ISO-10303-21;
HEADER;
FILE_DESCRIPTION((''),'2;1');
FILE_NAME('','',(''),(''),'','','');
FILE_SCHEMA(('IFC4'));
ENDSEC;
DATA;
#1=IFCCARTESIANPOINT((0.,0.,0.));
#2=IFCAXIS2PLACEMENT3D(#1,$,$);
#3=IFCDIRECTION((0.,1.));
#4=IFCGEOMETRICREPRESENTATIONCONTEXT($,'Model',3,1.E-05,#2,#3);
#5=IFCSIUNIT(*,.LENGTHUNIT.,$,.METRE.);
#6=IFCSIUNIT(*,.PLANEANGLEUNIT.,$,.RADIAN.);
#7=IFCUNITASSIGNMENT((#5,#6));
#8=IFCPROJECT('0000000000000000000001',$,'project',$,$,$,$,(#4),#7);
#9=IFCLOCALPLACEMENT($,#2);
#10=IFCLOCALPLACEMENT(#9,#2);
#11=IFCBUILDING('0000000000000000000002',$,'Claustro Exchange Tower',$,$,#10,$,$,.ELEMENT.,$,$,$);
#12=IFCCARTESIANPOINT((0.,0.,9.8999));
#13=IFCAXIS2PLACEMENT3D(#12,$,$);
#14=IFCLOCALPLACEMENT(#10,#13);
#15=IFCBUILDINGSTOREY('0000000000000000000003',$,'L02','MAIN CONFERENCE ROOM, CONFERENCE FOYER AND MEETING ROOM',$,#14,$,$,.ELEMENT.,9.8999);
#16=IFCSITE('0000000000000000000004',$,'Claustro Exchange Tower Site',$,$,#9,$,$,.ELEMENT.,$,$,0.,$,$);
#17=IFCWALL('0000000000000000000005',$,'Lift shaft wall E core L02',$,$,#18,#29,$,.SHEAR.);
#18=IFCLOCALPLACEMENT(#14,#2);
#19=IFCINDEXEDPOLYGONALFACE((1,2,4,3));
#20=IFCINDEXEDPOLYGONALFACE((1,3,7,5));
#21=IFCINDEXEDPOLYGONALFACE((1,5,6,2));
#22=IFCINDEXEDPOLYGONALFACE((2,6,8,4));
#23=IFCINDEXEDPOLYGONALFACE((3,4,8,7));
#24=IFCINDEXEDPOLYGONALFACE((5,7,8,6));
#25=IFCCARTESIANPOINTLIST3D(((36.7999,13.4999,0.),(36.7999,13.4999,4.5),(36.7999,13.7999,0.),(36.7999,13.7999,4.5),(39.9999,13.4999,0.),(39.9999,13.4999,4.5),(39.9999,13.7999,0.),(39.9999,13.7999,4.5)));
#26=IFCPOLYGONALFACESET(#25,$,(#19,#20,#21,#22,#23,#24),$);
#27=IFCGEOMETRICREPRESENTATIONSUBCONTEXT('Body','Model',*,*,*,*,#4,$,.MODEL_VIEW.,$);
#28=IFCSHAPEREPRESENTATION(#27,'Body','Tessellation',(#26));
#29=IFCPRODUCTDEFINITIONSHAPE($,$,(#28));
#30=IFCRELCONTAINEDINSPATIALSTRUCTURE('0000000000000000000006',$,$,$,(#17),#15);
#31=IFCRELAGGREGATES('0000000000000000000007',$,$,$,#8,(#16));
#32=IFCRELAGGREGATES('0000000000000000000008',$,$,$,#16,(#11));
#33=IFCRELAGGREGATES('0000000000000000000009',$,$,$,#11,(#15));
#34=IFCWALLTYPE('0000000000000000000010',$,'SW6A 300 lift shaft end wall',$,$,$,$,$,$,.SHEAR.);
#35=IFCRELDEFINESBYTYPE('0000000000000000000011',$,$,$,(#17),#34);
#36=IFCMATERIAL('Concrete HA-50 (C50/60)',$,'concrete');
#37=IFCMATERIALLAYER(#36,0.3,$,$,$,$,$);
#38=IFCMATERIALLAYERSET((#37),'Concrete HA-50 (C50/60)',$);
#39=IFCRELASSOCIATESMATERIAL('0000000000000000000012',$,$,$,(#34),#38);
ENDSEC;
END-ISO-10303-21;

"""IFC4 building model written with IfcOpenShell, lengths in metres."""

from ifc_helpers import new_model, si_unit, direction, frame, frame_2d, origin, place, context, subcontext, project, spatial, rectangle, extrude, material, layer, layer_set, type_object, element, save


model = new_model("IFC4")

# Units and contexts
model_context = context("Model", 3, precision=1e-05, world=origin(), true_north=direction((0.0, 1.0)))
body_context = subcontext(model_context, "Body", "Model", "MODEL_VIEW")
ifc_project = project(units=[si_unit("LENGTHUNIT", "METRE"), si_unit("PLANEANGLEUNIT", "RADIAN")], contexts=[model_context])

# Site, building, storey
site_placement = place(None, origin())
site = spatial("IfcSite", under=ifc_project, at=site_placement, Name="Claustro Exchange Tower Site", CompositionType="ELEMENT", RefElevation=0.0)
building_placement = place(site_placement, origin())
building = spatial("IfcBuilding", under=site, at=building_placement, Name="Claustro Exchange Tower", CompositionType="ELEMENT")
storey_placement = place(building_placement, frame((0.0, 0.0, 9.8999)))
storey = spatial("IfcBuildingStorey", under=building, at=storey_placement, Name="L02", Description="MAIN CONFERENCE ROOM, CONFERENCE FOYER AND MEETING ROOM", CompositionType="ELEMENT", Elevation=9.8999)

# Wall
ifc_material_1 = material(Name="Concrete HA-50 (C50/60)", Category="concrete")
ifc_layer_1 = layer(ifc_material_1, 0.3)
ifc_layer_set_1 = layer_set([ifc_layer_1], Name="Concrete HA-50 (C50/60)")
wall_type_1 = type_object("IfcWallType", Name="SW6A 300 lift shaft end wall", PredefinedType="SHEAR", material=ifc_layer_set_1)
wall_1_placement = place(storey_placement, frame((40.0, 13.6499, 0.0), z_axis=(0.0, 0.0, 1.0), x_axis=(-1.0, 0.0, 0.0)))
element("IfcWall", 1, at=wall_1_placement, inside=storey, type_object=wall_type_1, Name="Lift shaft wall E core L02", PredefinedType="SHEAR", context=body_context, shape_type="SweptSolid", body=[
    extrude(rectangle(XDim=3.2, YDim=0.3, at=frame_2d((1.6001, 0.0))), origin(), (0.0, 0.0, 1.0), 4.5),
])

save(model, "model.ifc")
